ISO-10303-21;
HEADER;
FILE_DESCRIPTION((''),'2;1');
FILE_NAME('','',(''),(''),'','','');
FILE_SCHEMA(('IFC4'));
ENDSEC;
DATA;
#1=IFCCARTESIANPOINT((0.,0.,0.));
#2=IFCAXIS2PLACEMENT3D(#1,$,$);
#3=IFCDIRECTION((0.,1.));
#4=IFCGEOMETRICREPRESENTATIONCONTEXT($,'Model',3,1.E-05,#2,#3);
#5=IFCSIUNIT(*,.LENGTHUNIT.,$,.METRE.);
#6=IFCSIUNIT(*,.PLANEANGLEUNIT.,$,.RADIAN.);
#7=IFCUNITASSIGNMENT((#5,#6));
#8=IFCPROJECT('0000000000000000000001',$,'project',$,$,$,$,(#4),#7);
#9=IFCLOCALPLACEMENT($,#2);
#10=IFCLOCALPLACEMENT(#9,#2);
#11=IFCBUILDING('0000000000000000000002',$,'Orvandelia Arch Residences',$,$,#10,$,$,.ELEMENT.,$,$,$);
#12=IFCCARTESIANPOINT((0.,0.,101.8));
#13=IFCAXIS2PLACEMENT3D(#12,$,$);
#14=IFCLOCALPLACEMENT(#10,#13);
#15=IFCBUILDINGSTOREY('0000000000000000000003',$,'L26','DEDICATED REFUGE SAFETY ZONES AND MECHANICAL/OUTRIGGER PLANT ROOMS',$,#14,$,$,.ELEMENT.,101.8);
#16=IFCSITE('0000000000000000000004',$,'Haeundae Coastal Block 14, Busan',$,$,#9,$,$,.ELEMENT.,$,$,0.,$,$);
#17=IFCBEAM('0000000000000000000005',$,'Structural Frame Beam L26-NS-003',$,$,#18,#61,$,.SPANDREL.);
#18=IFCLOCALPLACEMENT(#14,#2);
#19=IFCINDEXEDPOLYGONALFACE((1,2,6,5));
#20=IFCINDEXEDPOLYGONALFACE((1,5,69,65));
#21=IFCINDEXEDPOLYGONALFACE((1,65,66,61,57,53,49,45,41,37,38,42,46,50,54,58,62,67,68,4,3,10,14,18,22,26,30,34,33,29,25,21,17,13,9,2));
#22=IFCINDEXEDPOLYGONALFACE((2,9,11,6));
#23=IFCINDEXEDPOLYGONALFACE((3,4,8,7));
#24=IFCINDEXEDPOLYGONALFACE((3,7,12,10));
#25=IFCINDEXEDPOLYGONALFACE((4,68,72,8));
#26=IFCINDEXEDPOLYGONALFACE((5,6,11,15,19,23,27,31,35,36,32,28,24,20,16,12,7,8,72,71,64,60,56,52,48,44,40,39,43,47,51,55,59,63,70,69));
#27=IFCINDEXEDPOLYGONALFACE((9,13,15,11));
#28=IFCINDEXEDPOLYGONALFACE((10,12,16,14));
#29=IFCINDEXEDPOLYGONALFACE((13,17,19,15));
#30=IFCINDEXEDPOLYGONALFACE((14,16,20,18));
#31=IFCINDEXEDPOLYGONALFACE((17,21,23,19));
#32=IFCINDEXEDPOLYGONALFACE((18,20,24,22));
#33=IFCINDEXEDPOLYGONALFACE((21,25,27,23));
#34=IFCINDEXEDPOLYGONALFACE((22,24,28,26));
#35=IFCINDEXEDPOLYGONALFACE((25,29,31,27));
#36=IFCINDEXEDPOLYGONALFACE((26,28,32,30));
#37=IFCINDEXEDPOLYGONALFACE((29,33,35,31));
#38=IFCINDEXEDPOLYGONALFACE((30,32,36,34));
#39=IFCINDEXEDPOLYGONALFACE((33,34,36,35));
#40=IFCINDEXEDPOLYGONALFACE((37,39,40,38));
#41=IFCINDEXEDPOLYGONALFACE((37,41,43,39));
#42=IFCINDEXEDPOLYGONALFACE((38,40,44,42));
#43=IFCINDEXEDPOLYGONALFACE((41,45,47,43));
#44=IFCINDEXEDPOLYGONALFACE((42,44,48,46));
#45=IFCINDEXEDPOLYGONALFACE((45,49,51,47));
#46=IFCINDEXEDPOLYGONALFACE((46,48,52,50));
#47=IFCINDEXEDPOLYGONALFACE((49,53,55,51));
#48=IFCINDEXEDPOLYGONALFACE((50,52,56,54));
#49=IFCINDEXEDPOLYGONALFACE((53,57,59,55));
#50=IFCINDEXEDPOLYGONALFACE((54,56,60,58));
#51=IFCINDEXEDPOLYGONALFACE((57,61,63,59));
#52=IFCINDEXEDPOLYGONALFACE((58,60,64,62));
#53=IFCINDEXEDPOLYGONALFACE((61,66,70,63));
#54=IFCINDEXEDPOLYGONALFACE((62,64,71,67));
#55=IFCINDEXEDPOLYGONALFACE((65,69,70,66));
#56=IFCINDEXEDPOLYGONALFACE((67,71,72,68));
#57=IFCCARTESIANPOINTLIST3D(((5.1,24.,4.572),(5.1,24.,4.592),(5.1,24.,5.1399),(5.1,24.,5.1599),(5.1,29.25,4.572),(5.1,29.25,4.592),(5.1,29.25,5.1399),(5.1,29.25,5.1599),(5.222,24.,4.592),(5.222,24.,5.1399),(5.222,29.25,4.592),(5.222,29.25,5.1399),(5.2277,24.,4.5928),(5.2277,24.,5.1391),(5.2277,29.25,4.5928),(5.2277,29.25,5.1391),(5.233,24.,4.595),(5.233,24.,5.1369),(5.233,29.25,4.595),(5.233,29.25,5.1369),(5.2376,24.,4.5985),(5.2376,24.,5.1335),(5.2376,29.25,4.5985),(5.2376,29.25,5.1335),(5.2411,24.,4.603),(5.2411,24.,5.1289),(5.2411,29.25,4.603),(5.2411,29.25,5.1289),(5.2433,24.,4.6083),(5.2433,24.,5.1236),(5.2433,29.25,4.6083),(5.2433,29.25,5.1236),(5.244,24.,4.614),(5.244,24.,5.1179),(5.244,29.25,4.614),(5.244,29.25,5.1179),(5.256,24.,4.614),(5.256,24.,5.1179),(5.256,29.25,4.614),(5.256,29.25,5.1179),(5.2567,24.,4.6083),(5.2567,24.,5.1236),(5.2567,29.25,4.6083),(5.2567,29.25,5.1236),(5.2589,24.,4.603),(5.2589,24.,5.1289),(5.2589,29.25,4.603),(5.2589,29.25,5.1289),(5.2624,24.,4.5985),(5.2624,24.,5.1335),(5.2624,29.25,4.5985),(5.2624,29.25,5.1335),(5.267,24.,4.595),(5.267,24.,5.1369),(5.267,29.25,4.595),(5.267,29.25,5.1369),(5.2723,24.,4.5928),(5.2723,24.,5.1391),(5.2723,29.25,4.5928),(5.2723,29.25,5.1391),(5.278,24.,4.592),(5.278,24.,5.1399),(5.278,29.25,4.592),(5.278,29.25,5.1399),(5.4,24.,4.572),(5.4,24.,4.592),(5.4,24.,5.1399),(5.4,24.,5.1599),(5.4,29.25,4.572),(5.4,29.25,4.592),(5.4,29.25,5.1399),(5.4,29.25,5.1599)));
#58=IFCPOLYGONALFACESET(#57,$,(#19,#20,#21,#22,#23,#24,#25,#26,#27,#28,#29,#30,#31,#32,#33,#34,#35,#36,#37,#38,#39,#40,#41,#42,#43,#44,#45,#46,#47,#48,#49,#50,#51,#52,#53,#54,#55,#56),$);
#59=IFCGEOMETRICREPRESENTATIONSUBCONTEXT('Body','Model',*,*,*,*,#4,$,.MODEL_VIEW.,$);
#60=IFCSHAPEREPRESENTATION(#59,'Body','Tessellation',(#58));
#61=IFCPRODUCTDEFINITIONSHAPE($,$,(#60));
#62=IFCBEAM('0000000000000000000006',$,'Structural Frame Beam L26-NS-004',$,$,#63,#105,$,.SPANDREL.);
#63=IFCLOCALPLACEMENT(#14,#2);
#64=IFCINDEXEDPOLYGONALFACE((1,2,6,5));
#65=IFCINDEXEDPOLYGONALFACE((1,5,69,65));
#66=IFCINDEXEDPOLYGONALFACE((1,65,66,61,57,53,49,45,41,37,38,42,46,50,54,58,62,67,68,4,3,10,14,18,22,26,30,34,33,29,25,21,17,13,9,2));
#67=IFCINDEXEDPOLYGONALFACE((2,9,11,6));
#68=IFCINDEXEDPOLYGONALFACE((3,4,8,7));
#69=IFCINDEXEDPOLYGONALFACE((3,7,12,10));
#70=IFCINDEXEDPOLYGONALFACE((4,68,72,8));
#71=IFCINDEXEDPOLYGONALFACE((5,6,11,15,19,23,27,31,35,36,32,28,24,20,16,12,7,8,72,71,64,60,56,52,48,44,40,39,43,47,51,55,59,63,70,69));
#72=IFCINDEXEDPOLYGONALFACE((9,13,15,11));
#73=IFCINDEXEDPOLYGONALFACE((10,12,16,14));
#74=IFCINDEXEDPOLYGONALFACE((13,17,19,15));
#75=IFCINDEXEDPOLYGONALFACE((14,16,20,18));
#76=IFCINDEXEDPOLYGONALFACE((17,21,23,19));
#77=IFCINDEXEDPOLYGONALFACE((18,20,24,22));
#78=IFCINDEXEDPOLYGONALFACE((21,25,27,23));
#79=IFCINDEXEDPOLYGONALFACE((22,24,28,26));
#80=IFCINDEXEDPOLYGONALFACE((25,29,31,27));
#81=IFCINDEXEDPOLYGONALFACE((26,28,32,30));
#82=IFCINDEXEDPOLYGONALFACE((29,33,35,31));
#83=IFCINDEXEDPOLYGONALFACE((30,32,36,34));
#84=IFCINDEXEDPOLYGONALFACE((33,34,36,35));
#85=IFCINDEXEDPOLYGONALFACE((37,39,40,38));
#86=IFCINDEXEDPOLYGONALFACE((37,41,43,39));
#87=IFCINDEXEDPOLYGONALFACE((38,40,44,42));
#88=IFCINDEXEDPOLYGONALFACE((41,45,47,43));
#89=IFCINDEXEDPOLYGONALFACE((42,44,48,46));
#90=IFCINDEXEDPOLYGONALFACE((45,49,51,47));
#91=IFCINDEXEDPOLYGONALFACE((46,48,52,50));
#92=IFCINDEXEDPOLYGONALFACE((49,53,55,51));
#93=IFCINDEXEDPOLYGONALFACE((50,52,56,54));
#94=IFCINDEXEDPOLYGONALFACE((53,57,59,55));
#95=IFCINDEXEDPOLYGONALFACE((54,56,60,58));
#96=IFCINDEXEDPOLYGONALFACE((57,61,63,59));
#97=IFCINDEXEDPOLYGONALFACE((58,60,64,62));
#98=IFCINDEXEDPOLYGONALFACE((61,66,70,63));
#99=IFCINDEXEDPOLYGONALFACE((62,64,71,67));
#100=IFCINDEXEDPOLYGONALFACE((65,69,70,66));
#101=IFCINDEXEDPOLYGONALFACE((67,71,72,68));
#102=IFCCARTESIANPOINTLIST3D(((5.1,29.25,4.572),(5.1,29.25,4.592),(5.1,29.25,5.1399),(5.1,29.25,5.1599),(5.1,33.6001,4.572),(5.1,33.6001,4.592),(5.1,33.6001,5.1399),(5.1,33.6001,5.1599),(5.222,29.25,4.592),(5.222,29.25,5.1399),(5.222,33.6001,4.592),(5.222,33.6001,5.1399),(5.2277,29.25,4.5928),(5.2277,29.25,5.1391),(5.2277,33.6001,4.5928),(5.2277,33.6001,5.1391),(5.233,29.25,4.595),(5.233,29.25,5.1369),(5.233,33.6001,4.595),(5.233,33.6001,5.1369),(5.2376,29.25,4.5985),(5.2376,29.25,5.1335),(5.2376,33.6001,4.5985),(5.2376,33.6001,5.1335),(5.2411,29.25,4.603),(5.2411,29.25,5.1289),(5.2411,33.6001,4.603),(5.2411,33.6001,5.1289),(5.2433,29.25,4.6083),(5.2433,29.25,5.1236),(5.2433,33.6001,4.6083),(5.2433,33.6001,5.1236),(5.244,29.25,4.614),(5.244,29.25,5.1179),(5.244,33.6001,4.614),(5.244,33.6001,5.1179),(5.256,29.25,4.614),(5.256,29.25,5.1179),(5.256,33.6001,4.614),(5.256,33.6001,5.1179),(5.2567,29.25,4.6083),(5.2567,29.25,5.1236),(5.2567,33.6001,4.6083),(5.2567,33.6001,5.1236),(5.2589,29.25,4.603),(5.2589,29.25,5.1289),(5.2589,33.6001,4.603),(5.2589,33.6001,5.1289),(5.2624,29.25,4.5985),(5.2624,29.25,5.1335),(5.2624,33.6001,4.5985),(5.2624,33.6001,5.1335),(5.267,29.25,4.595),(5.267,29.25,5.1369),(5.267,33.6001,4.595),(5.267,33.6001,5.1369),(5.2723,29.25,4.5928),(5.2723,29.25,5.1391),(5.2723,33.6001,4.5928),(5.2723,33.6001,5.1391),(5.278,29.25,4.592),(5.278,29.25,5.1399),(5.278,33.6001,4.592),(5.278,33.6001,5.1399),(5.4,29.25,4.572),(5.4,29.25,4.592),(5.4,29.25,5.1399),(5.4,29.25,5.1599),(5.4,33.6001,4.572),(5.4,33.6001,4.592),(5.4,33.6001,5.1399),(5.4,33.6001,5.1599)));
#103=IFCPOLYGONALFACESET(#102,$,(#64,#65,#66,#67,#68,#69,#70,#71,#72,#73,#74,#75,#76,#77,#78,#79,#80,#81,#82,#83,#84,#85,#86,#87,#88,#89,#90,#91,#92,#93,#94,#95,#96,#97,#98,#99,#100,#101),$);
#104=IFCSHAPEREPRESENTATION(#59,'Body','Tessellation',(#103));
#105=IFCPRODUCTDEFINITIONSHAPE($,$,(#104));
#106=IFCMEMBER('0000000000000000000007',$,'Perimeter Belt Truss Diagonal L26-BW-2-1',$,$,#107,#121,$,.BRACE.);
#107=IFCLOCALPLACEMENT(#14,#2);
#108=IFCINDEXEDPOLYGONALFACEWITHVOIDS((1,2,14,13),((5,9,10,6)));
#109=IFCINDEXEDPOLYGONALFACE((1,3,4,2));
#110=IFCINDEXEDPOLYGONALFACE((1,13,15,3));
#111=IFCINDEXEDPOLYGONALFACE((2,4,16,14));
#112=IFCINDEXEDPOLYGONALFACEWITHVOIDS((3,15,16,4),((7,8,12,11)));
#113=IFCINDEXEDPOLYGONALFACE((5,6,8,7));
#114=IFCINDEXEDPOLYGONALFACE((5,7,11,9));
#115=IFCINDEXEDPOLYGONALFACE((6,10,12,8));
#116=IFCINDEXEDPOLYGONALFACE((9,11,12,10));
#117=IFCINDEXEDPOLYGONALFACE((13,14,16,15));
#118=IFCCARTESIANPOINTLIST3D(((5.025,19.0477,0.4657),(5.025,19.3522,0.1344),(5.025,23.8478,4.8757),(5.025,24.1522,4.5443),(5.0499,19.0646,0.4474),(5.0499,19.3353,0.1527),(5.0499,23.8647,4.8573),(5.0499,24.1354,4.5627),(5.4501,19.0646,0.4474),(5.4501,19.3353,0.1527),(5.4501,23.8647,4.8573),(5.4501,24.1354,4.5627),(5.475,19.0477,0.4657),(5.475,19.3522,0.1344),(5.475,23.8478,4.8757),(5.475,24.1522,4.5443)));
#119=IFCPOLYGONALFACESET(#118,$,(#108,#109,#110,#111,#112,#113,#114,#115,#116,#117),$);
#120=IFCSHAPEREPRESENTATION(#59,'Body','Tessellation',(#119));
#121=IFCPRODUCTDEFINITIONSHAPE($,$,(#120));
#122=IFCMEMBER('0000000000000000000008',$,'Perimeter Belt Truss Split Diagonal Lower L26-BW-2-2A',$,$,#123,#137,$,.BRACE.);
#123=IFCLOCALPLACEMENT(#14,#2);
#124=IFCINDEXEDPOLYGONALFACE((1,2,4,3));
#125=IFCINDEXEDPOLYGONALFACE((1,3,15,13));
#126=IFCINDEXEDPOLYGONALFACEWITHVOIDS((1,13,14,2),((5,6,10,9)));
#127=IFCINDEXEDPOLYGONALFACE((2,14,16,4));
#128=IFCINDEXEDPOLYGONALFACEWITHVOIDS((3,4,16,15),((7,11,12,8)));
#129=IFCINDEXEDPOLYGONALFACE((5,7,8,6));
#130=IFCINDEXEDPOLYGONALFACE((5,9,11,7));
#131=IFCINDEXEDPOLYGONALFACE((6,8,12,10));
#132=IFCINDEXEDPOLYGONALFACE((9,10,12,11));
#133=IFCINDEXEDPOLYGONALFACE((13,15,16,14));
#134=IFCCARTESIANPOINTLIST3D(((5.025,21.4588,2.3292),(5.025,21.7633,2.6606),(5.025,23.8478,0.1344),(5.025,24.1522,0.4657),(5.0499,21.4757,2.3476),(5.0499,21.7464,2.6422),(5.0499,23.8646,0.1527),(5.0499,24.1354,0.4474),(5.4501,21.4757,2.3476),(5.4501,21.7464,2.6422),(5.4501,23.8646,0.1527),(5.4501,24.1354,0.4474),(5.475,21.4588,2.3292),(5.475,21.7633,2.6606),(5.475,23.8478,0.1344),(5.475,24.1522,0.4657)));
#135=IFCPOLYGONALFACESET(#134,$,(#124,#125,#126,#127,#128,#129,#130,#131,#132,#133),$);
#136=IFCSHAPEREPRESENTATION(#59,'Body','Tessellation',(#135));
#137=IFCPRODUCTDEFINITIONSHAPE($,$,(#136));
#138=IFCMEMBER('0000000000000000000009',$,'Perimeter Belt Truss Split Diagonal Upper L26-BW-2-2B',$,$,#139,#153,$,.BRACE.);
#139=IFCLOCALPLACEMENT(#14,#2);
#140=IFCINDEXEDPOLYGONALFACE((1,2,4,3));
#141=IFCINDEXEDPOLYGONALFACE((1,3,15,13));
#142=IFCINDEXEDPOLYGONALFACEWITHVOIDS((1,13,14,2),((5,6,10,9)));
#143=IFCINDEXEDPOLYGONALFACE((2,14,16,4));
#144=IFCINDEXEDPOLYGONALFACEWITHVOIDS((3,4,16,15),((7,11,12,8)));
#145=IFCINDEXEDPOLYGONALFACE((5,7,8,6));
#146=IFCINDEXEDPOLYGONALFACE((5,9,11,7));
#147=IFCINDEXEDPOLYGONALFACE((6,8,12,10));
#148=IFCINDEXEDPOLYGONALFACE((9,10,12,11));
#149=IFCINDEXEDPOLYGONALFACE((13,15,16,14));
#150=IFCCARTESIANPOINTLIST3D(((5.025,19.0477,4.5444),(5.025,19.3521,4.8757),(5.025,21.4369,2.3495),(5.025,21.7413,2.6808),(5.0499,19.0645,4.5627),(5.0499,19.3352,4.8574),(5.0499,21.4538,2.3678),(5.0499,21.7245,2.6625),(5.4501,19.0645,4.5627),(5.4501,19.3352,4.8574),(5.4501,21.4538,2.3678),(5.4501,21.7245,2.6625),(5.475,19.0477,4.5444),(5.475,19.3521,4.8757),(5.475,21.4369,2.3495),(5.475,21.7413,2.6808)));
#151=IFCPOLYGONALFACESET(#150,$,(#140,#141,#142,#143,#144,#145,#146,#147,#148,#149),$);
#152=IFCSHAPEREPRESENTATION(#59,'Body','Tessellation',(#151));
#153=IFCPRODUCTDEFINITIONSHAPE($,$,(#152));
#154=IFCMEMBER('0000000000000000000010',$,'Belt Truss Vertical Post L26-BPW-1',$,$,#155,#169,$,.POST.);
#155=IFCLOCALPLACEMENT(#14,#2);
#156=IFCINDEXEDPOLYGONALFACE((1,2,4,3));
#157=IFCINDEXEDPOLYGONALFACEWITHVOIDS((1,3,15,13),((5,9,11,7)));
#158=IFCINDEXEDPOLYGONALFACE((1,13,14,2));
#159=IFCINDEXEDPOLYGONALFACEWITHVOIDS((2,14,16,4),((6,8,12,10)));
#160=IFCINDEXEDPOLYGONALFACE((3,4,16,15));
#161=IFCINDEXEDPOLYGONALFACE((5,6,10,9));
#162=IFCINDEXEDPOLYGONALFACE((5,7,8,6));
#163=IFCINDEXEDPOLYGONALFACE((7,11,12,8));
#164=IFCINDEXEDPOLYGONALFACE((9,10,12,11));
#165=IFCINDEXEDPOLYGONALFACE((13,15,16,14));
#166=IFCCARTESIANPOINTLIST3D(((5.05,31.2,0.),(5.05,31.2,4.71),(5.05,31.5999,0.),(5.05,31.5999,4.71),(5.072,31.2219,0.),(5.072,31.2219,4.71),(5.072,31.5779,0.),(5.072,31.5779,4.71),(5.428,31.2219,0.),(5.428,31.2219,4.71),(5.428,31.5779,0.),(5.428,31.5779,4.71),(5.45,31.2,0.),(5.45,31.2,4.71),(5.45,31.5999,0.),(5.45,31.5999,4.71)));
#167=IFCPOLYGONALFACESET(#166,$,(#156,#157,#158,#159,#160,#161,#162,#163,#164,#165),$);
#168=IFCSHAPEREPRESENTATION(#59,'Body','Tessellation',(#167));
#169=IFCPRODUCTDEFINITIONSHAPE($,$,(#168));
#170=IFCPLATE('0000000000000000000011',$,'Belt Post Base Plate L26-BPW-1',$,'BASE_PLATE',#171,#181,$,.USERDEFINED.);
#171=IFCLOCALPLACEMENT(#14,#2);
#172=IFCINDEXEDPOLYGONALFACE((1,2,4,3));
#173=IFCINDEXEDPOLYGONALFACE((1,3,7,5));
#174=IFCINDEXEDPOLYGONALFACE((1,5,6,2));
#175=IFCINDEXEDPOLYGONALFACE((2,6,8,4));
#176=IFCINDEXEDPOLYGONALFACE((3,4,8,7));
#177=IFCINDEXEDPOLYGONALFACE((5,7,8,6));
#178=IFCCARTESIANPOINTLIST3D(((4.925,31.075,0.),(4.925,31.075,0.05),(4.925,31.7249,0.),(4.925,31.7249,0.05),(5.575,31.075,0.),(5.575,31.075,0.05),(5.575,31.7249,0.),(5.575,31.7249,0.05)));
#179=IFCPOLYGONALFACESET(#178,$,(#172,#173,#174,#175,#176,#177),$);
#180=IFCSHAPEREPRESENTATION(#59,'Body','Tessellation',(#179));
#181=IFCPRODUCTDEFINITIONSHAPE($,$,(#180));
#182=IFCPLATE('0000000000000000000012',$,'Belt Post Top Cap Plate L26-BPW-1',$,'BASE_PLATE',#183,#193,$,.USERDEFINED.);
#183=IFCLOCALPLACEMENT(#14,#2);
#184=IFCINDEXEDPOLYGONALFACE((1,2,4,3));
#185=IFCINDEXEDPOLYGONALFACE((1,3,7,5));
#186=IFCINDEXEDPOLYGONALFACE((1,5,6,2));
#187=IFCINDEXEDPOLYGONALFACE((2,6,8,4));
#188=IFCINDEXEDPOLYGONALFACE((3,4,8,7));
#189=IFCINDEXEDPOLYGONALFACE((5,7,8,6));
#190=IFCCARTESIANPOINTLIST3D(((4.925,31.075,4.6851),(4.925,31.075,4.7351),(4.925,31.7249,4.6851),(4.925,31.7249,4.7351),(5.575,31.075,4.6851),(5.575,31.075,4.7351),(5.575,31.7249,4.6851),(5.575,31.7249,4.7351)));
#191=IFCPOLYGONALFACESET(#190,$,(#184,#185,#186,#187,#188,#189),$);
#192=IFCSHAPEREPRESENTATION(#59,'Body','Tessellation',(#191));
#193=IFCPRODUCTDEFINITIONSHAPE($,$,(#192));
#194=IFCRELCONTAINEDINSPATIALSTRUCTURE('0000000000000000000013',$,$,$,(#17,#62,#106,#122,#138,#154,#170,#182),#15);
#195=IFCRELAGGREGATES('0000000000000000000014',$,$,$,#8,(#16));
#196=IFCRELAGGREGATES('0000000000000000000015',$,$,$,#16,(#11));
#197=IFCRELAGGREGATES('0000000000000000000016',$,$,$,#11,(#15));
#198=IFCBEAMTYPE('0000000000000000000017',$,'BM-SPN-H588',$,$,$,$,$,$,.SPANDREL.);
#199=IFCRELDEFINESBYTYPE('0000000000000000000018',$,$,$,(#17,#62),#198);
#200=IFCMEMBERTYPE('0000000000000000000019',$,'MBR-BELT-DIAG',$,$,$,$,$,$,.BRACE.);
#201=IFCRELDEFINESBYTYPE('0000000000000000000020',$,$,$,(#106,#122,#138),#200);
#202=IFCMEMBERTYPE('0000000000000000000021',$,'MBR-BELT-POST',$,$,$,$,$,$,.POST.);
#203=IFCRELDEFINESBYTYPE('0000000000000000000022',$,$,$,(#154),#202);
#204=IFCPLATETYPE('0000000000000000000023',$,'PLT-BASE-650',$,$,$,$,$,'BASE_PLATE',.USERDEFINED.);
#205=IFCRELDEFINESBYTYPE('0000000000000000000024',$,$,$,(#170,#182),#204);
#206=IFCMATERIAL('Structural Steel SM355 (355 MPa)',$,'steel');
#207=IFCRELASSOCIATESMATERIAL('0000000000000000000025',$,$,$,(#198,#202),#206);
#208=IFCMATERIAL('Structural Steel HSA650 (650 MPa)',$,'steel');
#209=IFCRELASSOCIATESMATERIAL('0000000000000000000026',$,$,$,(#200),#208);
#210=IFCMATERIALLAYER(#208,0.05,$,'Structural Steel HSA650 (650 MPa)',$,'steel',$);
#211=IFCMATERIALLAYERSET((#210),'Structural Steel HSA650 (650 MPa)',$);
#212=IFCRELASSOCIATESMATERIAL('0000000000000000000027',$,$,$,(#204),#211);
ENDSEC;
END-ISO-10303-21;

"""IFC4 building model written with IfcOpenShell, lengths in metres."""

from ifc_helpers import new_model, si_unit, direction, frame, origin, origin_2d, place, context, subcontext, project, spatial, rectangle, hollow_rectangle, i_section, extrude, material, layer, layer_set, material_profile, profile_set, type_object, element, save


model = new_model("IFC4")

# Units and contexts
model_context = context("Model", 3, precision=1e-05, world=origin(), true_north=direction((0.0, 1.0)))
body_context = subcontext(model_context, "Body", "Model", "MODEL_VIEW")
ifc_project = project(units=[si_unit("LENGTHUNIT", "METRE"), si_unit("PLANEANGLEUNIT", "RADIAN")], contexts=[model_context])

# Site, building, storey
site_placement = place(None, origin())
site = spatial("IfcSite", under=ifc_project, at=site_placement, Name="Haeundae Coastal Block 14, Busan", CompositionType="ELEMENT", RefElevation=0.0)
building_placement = place(site_placement, origin())
building = spatial("IfcBuilding", under=site, at=building_placement, Name="Orvandelia Arch Residences", CompositionType="ELEMENT")
storey_placement = place(building_placement, frame((0.0, 0.0, 101.8)))
storey = spatial("IfcBuildingStorey", under=building, at=storey_placement, Name="L26", Description="DEDICATED REFUGE SAFETY ZONES AND MECHANICAL/OUTRIGGER PLANT ROOMS", CompositionType="ELEMENT", Elevation=101.8)

# Beams
ifc_material_1 = material(Name="Structural Steel SM355 (355 MPa)", Category="steel")
ifc_material_profile_1 = material_profile(ifc_material_1, i_section(OverallWidth=0.3, OverallDepth=0.5879, WebThickness=0.012, FlangeThickness=0.02, FilletRadius=0.022, at=origin_2d()), Name="Structural Steel SM355 (355 MPa)", Category="steel")
ifc_profile_set_1 = profile_set([ifc_material_profile_1], Name="Structural Steel SM355 (355 MPa)")
beam_type_1 = type_object("IfcBeamType", Name="BM-SPN-H588", PredefinedType="SPANDREL", material=ifc_profile_set_1)
beam_1_placement = place(storey_placement, frame((5.25, 24.0, 4.866), z_axis=(0.0, 1.0, 0.0), x_axis=(-1.0, 0.0, 0.0)))
element("IfcBeam", 1, at=beam_1_placement, inside=storey, type_object=beam_type_1, Name="Structural Frame Beam L26-NS-003", PredefinedType="SPANDREL", context=body_context, shape_type="SweptSolid", body=[
    extrude(i_section(OverallWidth=0.3, OverallDepth=0.5879, WebThickness=0.012, FlangeThickness=0.02, FilletRadius=0.022, at=origin_2d()), origin(), (0.0, 0.0, 1.0), 5.25),
])
beam_2_placement = place(storey_placement, frame((5.25, 29.25, 4.866), z_axis=(0.0, 1.0, 0.0), x_axis=(-1.0, 0.0, 0.0)))
element("IfcBeam", 2, at=beam_2_placement, inside=storey, type_object=beam_type_1, Name="Structural Frame Beam L26-NS-004", PredefinedType="SPANDREL", context=body_context, shape_type="SweptSolid", body=[
    extrude(i_section(OverallWidth=0.3, OverallDepth=0.5879, WebThickness=0.012, FlangeThickness=0.02, FilletRadius=0.022, at=origin_2d()), origin(), (0.0, 0.0, 1.0), 4.3501),
])

# Members
ifc_material_2 = material(Name="Structural Steel HSA650 (650 MPa)", Category="steel")
ifc_material_profile_2 = material_profile(ifc_material_2, hollow_rectangle(XDim=0.45, YDim=0.45, WallThickness=0.0249, at=origin_2d()), Name="Structural Steel HSA650 (650 MPa)", Category="steel")
ifc_profile_set_2 = profile_set([ifc_material_profile_2], Name="Structural Steel HSA650 (650 MPa)")
member_type_1 = type_object("IfcMemberType", Name="MBR-BELT-DIAG", PredefinedType="BRACE", material=ifc_profile_set_2)
member_1_placement = place(storey_placement, frame((5.25, 19.2, 0.3), z_axis=(0.0, 0.7364, 0.676547), x_axis=(-1.0, 0.0, 0.0)))
element("IfcMember", 3, at=member_1_placement, inside=storey, type_object=member_type_1, Name="Perimeter Belt Truss Diagonal L26-BW-2-1", PredefinedType="BRACE", context=body_context, shape_type="SweptSolid", body=[
    extrude(hollow_rectangle(XDim=0.45, YDim=0.45, WallThickness=0.0249, at=origin_2d()), origin(), (0.0, 0.0, 1.0), 6.5183),
])
member_2_placement = place(storey_placement, frame((5.25, 24.0, 0.3), z_axis=(0.0, -0.736388, 0.676559), x_axis=(1.0, 0.0, 0.0)))
element("IfcMember", 4, at=member_2_placement, inside=storey, type_object=member_type_1, Name="Perimeter Belt Truss Split Diagonal Lower L26-BW-2-2A", PredefinedType="BRACE", context=body_context, shape_type="SweptSolid", body=[
    extrude(hollow_rectangle(XDim=0.45, YDim=0.45, WallThickness=0.0249, at=origin_2d()), origin(), (0.0, 0.0, 1.0), 3.2441),
])
member_3_placement = place(storey_placement, frame((5.25, 21.5891, 2.5151), z_axis=(0.0, -0.736423, 0.676522), x_axis=(1.0, 0.0, 0.0)))
element("IfcMember", 5, at=member_3_placement, inside=storey, type_object=member_type_1, Name="Perimeter Belt Truss Split Diagonal Upper L26-BW-2-2B", PredefinedType="BRACE", context=body_context, shape_type="SweptSolid", body=[
    extrude(hollow_rectangle(XDim=0.45, YDim=0.45, WallThickness=0.0249, at=origin_2d()), origin(), (0.0, 0.0, 1.0), 3.2444),
])
ifc_material_profile_3 = material_profile(ifc_material_1, hollow_rectangle(XDim=0.3999, YDim=0.3999, WallThickness=0.022, at=origin_2d()), Name="Structural Steel SM355 (355 MPa)", Category="steel")
ifc_profile_set_3 = profile_set([ifc_material_profile_3], Name="Structural Steel SM355 (355 MPa)")
member_type_2 = type_object("IfcMemberType", Name="MBR-BELT-POST", PredefinedType="POST", material=ifc_profile_set_3)
member_4_placement = place(storey_placement, frame((5.25, 31.3999, 0.0), z_axis=(0.0, 0.0, 1.0), x_axis=(1.0, 0.0, 0.0)))
element("IfcMember", 6, at=member_4_placement, inside=storey, type_object=member_type_2, Name="Belt Truss Vertical Post L26-BPW-1", PredefinedType="POST", context=body_context, shape_type="SweptSolid", body=[
    extrude(hollow_rectangle(XDim=0.3999, YDim=0.3999, WallThickness=0.022, at=origin_2d()), origin(), (0.0, 0.0, 1.0), 4.71),
])

# Plates
ifc_layer_1 = layer(ifc_material_2, 0.05, Name="Structural Steel HSA650 (650 MPa)", Category="steel")
ifc_layer_set_1 = layer_set([ifc_layer_1], Name="Structural Steel HSA650 (650 MPa)")
plate_type_1 = type_object("IfcPlateType", Name="PLT-BASE-650", ElementType="BASE_PLATE", PredefinedType="USERDEFINED", material=ifc_layer_set_1)
for number, where, z_axis, x_axis, name in (
    (7, (5.25, 31.3999, 0.0), (0.0, 0.0, 1.0), (1.0, 0.0, 0.0), "Belt Post Base Plate L26-BPW-1"),
    (8, (5.25, 31.3999, 4.6851), (0.0, 0.0, 1.0), (1.0, 0.0, 0.0), "Belt Post Top Cap Plate L26-BPW-1"),
):
    element("IfcPlate", number, at=place(storey_placement, frame(where, z_axis=z_axis, x_axis=x_axis)), inside=storey, type_object=plate_type_1, Name=name, ObjectType="BASE_PLATE", PredefinedType="USERDEFINED", context=body_context, shape_type="SweptSolid", body=[
        extrude(rectangle(XDim=0.6499, YDim=0.6499, at=origin_2d()), origin(), (0.0, 0.0, 1.0), 0.05),
    ])

save(model, "model.ifc")
